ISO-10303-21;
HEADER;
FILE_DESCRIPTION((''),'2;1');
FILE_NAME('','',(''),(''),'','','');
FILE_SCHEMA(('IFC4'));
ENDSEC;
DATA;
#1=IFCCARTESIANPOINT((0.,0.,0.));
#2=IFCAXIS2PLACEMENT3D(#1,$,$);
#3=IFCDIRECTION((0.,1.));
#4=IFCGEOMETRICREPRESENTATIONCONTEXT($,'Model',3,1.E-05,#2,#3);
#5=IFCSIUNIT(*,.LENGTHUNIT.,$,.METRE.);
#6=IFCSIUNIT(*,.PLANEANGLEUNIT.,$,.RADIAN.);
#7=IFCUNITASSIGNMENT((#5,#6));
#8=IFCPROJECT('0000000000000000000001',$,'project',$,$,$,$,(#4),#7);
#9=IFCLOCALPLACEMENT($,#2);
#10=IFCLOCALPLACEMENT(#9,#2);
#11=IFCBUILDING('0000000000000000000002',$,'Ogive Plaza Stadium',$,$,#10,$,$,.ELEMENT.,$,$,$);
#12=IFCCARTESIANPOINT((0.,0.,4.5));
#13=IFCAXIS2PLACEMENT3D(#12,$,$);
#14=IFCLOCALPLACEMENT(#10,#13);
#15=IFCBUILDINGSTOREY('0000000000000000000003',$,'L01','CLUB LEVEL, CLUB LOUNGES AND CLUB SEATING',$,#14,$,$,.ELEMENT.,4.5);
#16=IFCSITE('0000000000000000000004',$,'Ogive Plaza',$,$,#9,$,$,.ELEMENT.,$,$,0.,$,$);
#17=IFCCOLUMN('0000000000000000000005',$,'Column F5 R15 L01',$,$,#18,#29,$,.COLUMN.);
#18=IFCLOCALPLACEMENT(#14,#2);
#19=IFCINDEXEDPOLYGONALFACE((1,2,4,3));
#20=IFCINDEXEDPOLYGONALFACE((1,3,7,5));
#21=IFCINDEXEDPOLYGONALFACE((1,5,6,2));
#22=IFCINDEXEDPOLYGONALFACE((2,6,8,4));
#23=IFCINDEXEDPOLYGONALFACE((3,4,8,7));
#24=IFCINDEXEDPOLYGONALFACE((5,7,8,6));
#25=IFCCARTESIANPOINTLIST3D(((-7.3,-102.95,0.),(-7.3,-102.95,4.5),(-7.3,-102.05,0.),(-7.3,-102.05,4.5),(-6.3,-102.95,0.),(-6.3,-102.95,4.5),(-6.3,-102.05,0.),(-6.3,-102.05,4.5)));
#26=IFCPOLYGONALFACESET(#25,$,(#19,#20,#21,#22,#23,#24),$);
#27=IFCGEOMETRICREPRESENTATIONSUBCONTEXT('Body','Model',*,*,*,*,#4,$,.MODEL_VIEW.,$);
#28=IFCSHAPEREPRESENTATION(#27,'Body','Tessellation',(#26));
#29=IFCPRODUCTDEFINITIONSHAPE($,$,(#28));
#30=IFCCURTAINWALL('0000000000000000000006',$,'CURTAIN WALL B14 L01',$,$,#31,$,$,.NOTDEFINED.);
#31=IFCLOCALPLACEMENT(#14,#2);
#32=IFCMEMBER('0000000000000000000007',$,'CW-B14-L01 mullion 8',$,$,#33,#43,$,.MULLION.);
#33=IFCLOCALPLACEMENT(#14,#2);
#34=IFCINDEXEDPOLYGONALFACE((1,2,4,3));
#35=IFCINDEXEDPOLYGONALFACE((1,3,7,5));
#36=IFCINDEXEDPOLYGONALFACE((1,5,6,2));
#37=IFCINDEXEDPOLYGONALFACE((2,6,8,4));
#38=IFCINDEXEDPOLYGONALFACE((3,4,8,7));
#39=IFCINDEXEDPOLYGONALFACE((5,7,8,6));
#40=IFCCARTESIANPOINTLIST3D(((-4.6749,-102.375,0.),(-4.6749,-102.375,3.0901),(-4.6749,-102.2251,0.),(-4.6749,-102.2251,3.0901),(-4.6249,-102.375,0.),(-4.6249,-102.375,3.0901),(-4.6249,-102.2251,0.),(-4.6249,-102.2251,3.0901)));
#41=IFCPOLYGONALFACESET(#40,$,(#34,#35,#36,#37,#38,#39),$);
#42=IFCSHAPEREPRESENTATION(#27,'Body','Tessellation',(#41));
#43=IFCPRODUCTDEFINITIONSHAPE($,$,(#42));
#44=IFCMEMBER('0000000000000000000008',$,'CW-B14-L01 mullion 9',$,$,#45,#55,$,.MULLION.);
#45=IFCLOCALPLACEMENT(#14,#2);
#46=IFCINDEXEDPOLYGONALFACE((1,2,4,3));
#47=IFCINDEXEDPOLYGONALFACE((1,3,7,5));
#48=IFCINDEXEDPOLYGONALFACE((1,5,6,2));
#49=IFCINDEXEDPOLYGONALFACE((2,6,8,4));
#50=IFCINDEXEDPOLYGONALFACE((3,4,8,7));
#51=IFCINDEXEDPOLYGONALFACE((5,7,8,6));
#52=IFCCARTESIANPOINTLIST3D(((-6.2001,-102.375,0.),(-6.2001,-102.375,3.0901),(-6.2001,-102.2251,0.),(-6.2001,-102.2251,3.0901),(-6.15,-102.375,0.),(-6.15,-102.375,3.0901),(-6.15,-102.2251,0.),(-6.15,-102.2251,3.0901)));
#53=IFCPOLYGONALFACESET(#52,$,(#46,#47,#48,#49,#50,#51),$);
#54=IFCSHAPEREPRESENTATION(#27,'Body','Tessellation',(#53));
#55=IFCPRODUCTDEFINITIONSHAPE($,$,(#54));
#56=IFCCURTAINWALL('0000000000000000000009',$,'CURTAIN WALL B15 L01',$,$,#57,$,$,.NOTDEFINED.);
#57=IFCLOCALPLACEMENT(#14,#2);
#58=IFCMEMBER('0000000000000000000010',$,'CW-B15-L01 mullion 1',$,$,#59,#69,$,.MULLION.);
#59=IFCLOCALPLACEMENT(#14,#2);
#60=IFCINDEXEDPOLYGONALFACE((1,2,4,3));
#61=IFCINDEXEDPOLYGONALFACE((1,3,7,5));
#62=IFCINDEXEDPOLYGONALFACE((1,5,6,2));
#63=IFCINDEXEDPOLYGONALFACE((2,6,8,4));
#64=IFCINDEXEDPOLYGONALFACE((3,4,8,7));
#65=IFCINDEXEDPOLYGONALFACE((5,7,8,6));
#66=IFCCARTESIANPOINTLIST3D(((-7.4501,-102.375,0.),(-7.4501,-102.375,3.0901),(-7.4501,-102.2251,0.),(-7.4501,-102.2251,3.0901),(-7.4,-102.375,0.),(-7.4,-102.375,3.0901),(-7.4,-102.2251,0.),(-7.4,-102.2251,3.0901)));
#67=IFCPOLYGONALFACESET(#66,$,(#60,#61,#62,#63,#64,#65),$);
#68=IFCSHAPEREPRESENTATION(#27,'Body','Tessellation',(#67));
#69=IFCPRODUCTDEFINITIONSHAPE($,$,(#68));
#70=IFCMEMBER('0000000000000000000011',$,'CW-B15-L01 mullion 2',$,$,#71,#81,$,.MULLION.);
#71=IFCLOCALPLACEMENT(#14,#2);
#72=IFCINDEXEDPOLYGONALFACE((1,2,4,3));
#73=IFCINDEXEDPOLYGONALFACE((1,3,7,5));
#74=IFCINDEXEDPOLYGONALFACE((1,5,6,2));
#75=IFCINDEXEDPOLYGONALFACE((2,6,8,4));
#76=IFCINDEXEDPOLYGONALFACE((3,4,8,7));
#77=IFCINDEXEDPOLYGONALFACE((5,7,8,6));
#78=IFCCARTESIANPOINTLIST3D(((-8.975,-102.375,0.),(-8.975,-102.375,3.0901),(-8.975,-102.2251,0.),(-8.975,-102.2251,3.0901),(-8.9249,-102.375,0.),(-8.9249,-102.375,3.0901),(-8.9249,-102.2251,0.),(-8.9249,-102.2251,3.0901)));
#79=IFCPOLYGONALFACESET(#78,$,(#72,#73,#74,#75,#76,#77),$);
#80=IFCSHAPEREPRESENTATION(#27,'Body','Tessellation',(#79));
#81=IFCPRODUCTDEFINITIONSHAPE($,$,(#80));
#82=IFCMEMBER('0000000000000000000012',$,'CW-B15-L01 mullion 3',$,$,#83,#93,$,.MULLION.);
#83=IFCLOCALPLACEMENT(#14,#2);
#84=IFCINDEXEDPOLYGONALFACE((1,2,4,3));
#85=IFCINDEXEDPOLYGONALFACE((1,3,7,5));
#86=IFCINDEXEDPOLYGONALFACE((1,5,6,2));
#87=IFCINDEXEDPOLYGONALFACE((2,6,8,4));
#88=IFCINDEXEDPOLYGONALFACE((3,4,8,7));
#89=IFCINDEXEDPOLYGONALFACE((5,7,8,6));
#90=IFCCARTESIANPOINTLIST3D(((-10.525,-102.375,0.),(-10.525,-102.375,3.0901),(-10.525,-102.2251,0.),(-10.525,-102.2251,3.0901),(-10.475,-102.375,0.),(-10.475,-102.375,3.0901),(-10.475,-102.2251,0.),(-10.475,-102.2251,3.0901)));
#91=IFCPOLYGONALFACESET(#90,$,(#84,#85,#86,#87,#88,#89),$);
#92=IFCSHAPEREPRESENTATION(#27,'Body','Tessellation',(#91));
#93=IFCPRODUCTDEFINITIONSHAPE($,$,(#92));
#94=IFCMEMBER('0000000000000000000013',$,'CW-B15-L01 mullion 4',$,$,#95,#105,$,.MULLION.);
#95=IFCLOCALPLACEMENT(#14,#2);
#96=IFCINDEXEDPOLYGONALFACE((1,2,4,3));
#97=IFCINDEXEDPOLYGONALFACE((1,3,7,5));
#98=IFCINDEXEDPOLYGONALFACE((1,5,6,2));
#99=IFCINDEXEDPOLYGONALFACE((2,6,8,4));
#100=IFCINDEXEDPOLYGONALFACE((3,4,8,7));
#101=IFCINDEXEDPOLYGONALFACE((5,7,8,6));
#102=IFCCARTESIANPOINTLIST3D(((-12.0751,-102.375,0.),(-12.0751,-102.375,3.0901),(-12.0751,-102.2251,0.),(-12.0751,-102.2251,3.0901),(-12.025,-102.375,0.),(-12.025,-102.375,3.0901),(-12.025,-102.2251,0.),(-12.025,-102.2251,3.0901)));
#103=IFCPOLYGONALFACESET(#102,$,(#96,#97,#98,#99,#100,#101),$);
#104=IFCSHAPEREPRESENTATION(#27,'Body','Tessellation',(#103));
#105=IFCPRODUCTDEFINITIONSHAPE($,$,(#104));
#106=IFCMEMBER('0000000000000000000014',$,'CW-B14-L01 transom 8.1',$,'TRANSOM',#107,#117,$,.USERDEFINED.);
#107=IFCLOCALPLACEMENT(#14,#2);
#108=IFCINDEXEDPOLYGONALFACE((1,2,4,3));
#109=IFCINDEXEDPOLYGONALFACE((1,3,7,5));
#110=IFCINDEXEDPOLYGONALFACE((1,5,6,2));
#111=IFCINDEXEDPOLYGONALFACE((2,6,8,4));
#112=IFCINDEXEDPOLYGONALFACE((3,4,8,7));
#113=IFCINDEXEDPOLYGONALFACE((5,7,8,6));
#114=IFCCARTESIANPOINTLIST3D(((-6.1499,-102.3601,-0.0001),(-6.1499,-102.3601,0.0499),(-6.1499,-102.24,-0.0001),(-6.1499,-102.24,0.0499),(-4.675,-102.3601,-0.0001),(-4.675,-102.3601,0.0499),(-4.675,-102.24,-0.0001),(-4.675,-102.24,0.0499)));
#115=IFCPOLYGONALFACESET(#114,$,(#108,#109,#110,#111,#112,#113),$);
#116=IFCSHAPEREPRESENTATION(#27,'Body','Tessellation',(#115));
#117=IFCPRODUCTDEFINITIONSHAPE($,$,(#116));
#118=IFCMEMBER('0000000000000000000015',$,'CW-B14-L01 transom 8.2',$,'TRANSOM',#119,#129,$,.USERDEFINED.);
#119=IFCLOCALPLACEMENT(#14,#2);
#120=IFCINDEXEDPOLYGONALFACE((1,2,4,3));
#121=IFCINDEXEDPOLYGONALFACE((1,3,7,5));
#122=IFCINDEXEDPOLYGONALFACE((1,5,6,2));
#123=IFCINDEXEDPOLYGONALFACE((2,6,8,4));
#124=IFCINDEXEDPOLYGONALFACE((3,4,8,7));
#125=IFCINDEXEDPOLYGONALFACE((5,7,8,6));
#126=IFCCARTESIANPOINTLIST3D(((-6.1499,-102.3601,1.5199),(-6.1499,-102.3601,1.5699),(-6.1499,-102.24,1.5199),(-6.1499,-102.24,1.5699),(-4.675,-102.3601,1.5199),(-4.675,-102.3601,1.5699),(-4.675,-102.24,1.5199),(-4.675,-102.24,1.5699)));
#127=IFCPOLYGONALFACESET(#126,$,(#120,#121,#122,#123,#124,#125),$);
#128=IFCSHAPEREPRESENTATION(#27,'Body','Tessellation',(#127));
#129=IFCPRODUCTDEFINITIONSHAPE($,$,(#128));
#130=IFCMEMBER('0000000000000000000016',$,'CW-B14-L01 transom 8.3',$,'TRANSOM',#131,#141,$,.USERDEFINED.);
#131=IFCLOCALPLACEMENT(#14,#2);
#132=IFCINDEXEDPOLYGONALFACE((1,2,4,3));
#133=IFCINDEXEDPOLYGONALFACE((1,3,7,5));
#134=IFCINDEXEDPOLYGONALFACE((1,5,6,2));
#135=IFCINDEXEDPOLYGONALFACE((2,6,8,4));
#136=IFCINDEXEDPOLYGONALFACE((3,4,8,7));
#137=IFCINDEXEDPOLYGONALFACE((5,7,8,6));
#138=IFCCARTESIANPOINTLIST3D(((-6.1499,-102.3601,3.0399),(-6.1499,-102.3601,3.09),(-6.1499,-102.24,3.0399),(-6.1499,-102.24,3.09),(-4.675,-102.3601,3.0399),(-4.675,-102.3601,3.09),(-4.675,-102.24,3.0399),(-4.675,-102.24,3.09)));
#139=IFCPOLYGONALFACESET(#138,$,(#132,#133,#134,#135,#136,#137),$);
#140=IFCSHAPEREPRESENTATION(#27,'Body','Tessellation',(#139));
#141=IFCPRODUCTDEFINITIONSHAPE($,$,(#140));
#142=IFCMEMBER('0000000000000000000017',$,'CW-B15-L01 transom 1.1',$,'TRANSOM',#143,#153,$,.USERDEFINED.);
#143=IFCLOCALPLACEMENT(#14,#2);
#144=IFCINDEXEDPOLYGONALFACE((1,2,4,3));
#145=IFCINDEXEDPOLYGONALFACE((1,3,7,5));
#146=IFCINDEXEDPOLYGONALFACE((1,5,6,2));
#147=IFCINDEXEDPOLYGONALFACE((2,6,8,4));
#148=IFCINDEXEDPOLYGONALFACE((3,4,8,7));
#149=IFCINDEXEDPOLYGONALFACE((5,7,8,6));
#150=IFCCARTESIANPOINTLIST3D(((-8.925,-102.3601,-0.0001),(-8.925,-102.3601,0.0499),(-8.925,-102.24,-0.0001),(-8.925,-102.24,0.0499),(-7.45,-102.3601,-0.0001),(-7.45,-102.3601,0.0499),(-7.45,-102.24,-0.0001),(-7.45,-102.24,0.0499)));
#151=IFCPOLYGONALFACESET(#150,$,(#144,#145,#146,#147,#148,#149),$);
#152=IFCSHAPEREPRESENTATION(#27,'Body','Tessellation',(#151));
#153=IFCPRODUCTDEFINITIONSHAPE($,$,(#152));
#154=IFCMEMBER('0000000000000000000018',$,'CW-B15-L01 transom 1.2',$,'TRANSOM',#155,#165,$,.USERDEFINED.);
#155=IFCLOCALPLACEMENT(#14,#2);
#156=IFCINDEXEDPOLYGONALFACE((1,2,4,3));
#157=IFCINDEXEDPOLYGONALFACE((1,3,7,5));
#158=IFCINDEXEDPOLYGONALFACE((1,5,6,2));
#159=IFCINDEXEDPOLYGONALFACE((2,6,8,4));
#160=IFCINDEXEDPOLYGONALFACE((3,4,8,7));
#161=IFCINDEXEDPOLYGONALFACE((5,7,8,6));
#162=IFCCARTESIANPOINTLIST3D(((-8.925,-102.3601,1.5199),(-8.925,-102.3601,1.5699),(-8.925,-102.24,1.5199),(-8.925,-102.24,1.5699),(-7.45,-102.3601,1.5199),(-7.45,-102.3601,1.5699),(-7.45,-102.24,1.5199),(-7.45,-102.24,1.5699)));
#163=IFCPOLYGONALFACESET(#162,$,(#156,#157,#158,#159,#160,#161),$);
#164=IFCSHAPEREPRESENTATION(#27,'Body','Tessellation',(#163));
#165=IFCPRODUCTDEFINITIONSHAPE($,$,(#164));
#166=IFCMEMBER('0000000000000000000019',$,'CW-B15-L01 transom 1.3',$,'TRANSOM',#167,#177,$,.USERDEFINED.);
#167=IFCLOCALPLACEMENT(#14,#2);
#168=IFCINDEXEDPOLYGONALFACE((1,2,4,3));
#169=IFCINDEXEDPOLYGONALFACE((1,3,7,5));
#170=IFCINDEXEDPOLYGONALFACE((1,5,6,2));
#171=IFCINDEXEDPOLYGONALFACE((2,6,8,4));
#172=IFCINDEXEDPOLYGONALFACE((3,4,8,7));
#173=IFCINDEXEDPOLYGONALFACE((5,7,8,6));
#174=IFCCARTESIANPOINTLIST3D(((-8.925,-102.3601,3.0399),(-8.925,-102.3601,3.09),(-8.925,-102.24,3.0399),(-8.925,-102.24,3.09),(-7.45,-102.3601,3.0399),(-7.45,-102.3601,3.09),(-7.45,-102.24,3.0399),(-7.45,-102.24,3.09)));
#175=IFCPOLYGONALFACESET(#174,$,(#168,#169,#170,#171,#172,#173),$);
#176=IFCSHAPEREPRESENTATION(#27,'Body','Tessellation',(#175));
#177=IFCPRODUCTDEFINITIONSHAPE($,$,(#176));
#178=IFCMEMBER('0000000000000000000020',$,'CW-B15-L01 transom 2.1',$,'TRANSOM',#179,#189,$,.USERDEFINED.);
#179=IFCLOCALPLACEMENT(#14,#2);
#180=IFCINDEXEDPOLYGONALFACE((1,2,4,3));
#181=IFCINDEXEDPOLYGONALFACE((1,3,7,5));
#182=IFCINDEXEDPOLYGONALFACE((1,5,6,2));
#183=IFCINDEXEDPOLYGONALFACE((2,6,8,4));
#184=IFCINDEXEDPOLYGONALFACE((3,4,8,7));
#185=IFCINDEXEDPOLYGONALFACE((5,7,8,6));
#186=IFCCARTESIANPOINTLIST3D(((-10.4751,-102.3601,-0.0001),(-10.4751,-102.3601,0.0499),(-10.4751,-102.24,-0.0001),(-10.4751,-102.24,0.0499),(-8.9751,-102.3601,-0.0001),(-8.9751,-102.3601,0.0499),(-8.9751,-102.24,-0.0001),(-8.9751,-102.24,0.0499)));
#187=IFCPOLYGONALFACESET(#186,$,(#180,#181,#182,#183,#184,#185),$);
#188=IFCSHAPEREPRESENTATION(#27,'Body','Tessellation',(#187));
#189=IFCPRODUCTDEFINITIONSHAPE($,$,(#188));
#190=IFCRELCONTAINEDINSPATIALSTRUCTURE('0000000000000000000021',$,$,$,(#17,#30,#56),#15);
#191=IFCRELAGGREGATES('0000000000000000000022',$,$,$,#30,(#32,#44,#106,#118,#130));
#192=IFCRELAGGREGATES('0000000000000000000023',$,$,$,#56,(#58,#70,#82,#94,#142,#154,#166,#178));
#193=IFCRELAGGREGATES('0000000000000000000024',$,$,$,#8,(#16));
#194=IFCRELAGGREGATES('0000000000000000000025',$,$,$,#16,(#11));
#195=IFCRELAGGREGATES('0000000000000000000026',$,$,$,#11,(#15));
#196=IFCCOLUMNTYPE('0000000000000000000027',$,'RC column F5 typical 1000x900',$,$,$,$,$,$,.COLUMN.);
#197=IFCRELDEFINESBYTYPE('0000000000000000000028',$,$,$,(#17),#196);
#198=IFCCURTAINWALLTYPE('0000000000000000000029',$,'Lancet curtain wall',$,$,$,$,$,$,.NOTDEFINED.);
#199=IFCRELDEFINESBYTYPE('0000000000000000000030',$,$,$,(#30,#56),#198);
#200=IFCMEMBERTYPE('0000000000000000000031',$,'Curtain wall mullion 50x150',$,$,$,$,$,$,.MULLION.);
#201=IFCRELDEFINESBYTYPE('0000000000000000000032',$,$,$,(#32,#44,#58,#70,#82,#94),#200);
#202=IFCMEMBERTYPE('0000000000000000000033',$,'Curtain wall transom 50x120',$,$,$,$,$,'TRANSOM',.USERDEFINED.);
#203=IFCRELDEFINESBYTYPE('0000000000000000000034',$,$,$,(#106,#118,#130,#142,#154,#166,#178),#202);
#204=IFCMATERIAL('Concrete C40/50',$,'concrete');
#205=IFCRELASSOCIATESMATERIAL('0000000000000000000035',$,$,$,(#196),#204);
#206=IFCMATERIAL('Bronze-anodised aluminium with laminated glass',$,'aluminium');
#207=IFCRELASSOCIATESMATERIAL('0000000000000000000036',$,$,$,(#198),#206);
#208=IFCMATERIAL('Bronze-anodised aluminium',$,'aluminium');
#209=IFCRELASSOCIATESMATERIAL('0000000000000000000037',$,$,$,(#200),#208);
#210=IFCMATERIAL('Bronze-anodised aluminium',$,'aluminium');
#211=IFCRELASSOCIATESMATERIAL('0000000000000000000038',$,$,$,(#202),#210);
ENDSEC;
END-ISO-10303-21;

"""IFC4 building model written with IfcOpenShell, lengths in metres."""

from ifc_helpers import new_model, si_unit, direction, frame, origin, origin_2d, place, context, subcontext, project, spatial, rectangle, extrude, material, material_profile, profile_set, type_object, element, aggregate, save


model = new_model("IFC4")

# Units and contexts
model_context = context("Model", 3, precision=1e-05, world=origin(), true_north=direction((0.0, 1.0)))
body_context = subcontext(model_context, "Body", "Model", "MODEL_VIEW")
ifc_project = project(units=[si_unit("LENGTHUNIT", "METRE"), si_unit("PLANEANGLEUNIT", "RADIAN")], contexts=[model_context])

# Site, building, storey
site_placement = place(None, origin())
site = spatial("IfcSite", under=ifc_project, at=site_placement, Name="Ogive Plaza", CompositionType="ELEMENT", RefElevation=0.0)
building_placement = place(site_placement, origin())
building = spatial("IfcBuilding", under=site, at=building_placement, Name="Ogive Plaza Stadium", CompositionType="ELEMENT")
storey_placement = place(building_placement, frame((0.0, 0.0, 4.5)))
storey = spatial("IfcBuildingStorey", under=building, at=storey_placement, Name="L01", Description="CLUB LEVEL, CLUB LOUNGES AND CLUB SEATING", CompositionType="ELEMENT", Elevation=4.5)

# Column
ifc_material_1 = material(Name="Concrete C40/50", Category="concrete")
ifc_material_profile_1 = material_profile(ifc_material_1, rectangle(XDim=1.0, YDim=0.8999, at=origin_2d()), Name="RC 1000x900")
ifc_profile_set_1 = profile_set([ifc_material_profile_1], Name="Concrete C40/50")
column_type = type_object("IfcColumnType", Name="RC column F5 typical 1000x900", PredefinedType="COLUMN", material=ifc_profile_set_1)
column_placement = place(storey_placement, frame((-6.8, -102.5, 0.0), z_axis=(0.0, 0.0, 1.0), x_axis=(1.0, 0.0, 0.0)))
element("IfcColumn", 1, at=column_placement, inside=storey, type_object=column_type, Name="Column F5 R15 L01", PredefinedType="COLUMN", context=body_context, shape_type="SweptSolid", body=[
    extrude(rectangle(XDim=1.0, YDim=0.8999, at=origin_2d()), origin(), (0.0, 0.0, 1.0), 4.5),
])

# Curtain walls, members
ifc_material_2 = material(Name="Bronze-anodised aluminium with laminated glass", Category="aluminium")
curtain_wall_type = type_object("IfcCurtainWallType", Name="Lancet curtain wall", PredefinedType="NOTDEFINED", material=ifc_material_2)
curtain_wall_1_placement = place(storey_placement, origin())
curtain_wall_1 = element("IfcCurtainWall", 2, at=curtain_wall_1_placement, inside=storey, type_object=curtain_wall_type, Name="CURTAIN WALL B14 L01", PredefinedType="NOTDEFINED")
ifc_material_3 = material(Name="Bronze-anodised aluminium", Category="aluminium")
ifc_material_profile_2 = material_profile(ifc_material_3, rectangle(XDim=0.1499, YDim=0.05, at=origin_2d()), Name="AL 150x50")
ifc_profile_set_2 = profile_set([ifc_material_profile_2], Name="Bronze-anodised aluminium")
member_type_1 = type_object("IfcMemberType", Name="Curtain wall mullion 50x150", PredefinedType="MULLION", material=ifc_profile_set_2)
member_1_placement = place(storey_placement, frame((-4.6499, -102.3, 0.0), z_axis=(0.0, 0.0, 1.0), x_axis=(0.0, -1.0, 0.0)))
member_1 = element("IfcMember", 3, at=member_1_placement, type_object=member_type_1, Name="CW-B14-L01 mullion 8", PredefinedType="MULLION", context=body_context, shape_type="SweptSolid", body=[
    extrude(rectangle(XDim=0.1499, YDim=0.05, at=origin_2d()), origin(), (0.0, 0.0, 1.0), 3.0901),
])
member_2_placement = place(storey_placement, frame((-6.175, -102.3, 0.0), z_axis=(0.0, 0.0, 1.0), x_axis=(0.0, -1.0, 0.0)))
member_2 = element("IfcMember", 4, at=member_2_placement, type_object=member_type_1, Name="CW-B14-L01 mullion 9", PredefinedType="MULLION", context=body_context, shape_type="SweptSolid", body=[
    extrude(rectangle(XDim=0.1499, YDim=0.05, at=origin_2d()), origin(), (0.0, 0.0, 1.0), 3.0901),
])
curtain_wall_2_placement = place(storey_placement, origin())
curtain_wall_2 = element("IfcCurtainWall", 5, at=curtain_wall_2_placement, inside=storey, type_object=curtain_wall_type, Name="CURTAIN WALL B15 L01", PredefinedType="NOTDEFINED")
member_3_placement = place(storey_placement, frame((-7.425, -102.3, 0.0), z_axis=(0.0, 0.0, 1.0), x_axis=(0.0, -1.0, 0.0)))
member_3 = element("IfcMember", 6, at=member_3_placement, type_object=member_type_1, Name="CW-B15-L01 mullion 1", PredefinedType="MULLION", context=body_context, shape_type="SweptSolid", body=[
    extrude(rectangle(XDim=0.1499, YDim=0.05, at=origin_2d()), origin(), (0.0, 0.0, 1.0), 3.0901),
])
member_4_placement = place(storey_placement, frame((-8.95, -102.3, 0.0), z_axis=(0.0, 0.0, 1.0), x_axis=(0.0, -1.0, 0.0)))
member_4 = element("IfcMember", 7, at=member_4_placement, type_object=member_type_1, Name="CW-B15-L01 mullion 2", PredefinedType="MULLION", context=body_context, shape_type="SweptSolid", body=[
    extrude(rectangle(XDim=0.1499, YDim=0.05, at=origin_2d()), origin(), (0.0, 0.0, 1.0), 3.0901),
])
member_5_placement = place(storey_placement, frame((-10.5, -102.3, 0.0), z_axis=(0.0, 0.0, 1.0), x_axis=(0.0, -1.0, 0.0)))
member_5 = element("IfcMember", 8, at=member_5_placement, type_object=member_type_1, Name="CW-B15-L01 mullion 3", PredefinedType="MULLION", context=body_context, shape_type="SweptSolid", body=[
    extrude(rectangle(XDim=0.1499, YDim=0.05, at=origin_2d()), origin(), (0.0, 0.0, 1.0), 3.0901),
])
member_6_placement = place(storey_placement, frame((-12.05, -102.3, 0.0), z_axis=(0.0, 0.0, 1.0), x_axis=(0.0, -1.0, 0.0)))
member_6 = element("IfcMember", 9, at=member_6_placement, type_object=member_type_1, Name="CW-B15-L01 mullion 4", PredefinedType="MULLION", context=body_context, shape_type="SweptSolid", body=[
    extrude(rectangle(XDim=0.1499, YDim=0.05, at=origin_2d()), origin(), (0.0, 0.0, 1.0), 3.0901),
])

# Members
ifc_material_4 = material(Name="Bronze-anodised aluminium", Category="aluminium")
ifc_material_profile_3 = material_profile(ifc_material_4, rectangle(XDim=0.1201, YDim=0.05, at=origin_2d()), Name="AL 120x50")
ifc_profile_set_3 = profile_set([ifc_material_profile_3], Name="Bronze-anodised aluminium")
member_type_2 = type_object("IfcMemberType", Name="Curtain wall transom 50x120", ElementType="TRANSOM", PredefinedType="USERDEFINED", material=ifc_profile_set_3)
member_7_placement = place(storey_placement, frame((-4.675, -102.3, 0.0249), z_axis=(-1.0, 0.0, 0.0), x_axis=(0.0, -1.0, 0.0)))
member_7 = element("IfcMember", 10, at=member_7_placement, type_object=member_type_2, Name="CW-B14-L01 transom 8.1", ObjectType="TRANSOM", PredefinedType="USERDEFINED", context=body_context, shape_type="SweptSolid", body=[
    extrude(rectangle(XDim=0.1201, YDim=0.05, at=origin_2d()), origin(), (0.0, 0.0, 1.0), 1.4749),
])
member_8_placement = place(storey_placement, frame((-4.675, -102.3, 1.5449), z_axis=(-1.0, 0.0, 0.0), x_axis=(0.0, -1.0, 0.0)))
member_8 = element("IfcMember", 11, at=member_8_placement, type_object=member_type_2, Name="CW-B14-L01 transom 8.2", ObjectType="TRANSOM", PredefinedType="USERDEFINED", context=body_context, shape_type="SweptSolid", body=[
    extrude(rectangle(XDim=0.1201, YDim=0.05, at=origin_2d()), origin(), (0.0, 0.0, 1.0), 1.4749),
])
member_9_placement = place(storey_placement, frame((-4.675, -102.3, 3.0649), z_axis=(-1.0, 0.0, 0.0), x_axis=(0.0, -1.0, 0.0)))
member_9 = element("IfcMember", 12, at=member_9_placement, type_object=member_type_2, Name="CW-B14-L01 transom 8.3", ObjectType="TRANSOM", PredefinedType="USERDEFINED", context=body_context, shape_type="SweptSolid", body=[
    extrude(rectangle(XDim=0.1201, YDim=0.05, at=origin_2d()), origin(), (0.0, 0.0, 1.0), 1.4749),
])
member_10_placement = place(storey_placement, frame((-7.45, -102.3, 0.0249), z_axis=(-1.0, 0.0, 0.0), x_axis=(0.0, -1.0, 0.0)))
member_10 = element("IfcMember", 13, at=member_10_placement, type_object=member_type_2, Name="CW-B15-L01 transom 1.1", ObjectType="TRANSOM", PredefinedType="USERDEFINED", context=body_context, shape_type="SweptSolid", body=[
    extrude(rectangle(XDim=0.1201, YDim=0.05, at=origin_2d()), origin(), (0.0, 0.0, 1.0), 1.4751),
])
member_11_placement = place(storey_placement, frame((-7.45, -102.3, 1.5449), z_axis=(-1.0, 0.0, 0.0), x_axis=(0.0, -1.0, 0.0)))
member_11 = element("IfcMember", 14, at=member_11_placement, type_object=member_type_2, Name="CW-B15-L01 transom 1.2", ObjectType="TRANSOM", PredefinedType="USERDEFINED", context=body_context, shape_type="SweptSolid", body=[
    extrude(rectangle(XDim=0.1201, YDim=0.05, at=origin_2d()), origin(), (0.0, 0.0, 1.0), 1.4751),
])
member_12_placement = place(storey_placement, frame((-7.45, -102.3, 3.0649), z_axis=(-1.0, 0.0, 0.0), x_axis=(0.0, -1.0, 0.0)))
member_12 = element("IfcMember", 15, at=member_12_placement, type_object=member_type_2, Name="CW-B15-L01 transom 1.3", ObjectType="TRANSOM", PredefinedType="USERDEFINED", context=body_context, shape_type="SweptSolid", body=[
    extrude(rectangle(XDim=0.1201, YDim=0.05, at=origin_2d()), origin(), (0.0, 0.0, 1.0), 1.4751),
])
member_13_placement = place(storey_placement, frame((-8.9751, -102.3, 0.0249), z_axis=(-1.0, 0.0, 0.0), x_axis=(0.0, -1.0, 0.0)))
member_13 = element("IfcMember", 16, at=member_13_placement, type_object=member_type_2, Name="CW-B15-L01 transom 2.1", ObjectType="TRANSOM", PredefinedType="USERDEFINED", context=body_context, shape_type="SweptSolid", body=[
    extrude(rectangle(XDim=0.1201, YDim=0.05, at=origin_2d()), origin(), (0.0, 0.0, 1.0), 1.5),
])

aggregate(curtain_wall_1, [member_1, member_2, member_7, member_8, member_9])
aggregate(curtain_wall_2, [member_3, member_4, member_5, member_6, member_10, member_11, member_12, member_13])

save(model, "model.ifc")
